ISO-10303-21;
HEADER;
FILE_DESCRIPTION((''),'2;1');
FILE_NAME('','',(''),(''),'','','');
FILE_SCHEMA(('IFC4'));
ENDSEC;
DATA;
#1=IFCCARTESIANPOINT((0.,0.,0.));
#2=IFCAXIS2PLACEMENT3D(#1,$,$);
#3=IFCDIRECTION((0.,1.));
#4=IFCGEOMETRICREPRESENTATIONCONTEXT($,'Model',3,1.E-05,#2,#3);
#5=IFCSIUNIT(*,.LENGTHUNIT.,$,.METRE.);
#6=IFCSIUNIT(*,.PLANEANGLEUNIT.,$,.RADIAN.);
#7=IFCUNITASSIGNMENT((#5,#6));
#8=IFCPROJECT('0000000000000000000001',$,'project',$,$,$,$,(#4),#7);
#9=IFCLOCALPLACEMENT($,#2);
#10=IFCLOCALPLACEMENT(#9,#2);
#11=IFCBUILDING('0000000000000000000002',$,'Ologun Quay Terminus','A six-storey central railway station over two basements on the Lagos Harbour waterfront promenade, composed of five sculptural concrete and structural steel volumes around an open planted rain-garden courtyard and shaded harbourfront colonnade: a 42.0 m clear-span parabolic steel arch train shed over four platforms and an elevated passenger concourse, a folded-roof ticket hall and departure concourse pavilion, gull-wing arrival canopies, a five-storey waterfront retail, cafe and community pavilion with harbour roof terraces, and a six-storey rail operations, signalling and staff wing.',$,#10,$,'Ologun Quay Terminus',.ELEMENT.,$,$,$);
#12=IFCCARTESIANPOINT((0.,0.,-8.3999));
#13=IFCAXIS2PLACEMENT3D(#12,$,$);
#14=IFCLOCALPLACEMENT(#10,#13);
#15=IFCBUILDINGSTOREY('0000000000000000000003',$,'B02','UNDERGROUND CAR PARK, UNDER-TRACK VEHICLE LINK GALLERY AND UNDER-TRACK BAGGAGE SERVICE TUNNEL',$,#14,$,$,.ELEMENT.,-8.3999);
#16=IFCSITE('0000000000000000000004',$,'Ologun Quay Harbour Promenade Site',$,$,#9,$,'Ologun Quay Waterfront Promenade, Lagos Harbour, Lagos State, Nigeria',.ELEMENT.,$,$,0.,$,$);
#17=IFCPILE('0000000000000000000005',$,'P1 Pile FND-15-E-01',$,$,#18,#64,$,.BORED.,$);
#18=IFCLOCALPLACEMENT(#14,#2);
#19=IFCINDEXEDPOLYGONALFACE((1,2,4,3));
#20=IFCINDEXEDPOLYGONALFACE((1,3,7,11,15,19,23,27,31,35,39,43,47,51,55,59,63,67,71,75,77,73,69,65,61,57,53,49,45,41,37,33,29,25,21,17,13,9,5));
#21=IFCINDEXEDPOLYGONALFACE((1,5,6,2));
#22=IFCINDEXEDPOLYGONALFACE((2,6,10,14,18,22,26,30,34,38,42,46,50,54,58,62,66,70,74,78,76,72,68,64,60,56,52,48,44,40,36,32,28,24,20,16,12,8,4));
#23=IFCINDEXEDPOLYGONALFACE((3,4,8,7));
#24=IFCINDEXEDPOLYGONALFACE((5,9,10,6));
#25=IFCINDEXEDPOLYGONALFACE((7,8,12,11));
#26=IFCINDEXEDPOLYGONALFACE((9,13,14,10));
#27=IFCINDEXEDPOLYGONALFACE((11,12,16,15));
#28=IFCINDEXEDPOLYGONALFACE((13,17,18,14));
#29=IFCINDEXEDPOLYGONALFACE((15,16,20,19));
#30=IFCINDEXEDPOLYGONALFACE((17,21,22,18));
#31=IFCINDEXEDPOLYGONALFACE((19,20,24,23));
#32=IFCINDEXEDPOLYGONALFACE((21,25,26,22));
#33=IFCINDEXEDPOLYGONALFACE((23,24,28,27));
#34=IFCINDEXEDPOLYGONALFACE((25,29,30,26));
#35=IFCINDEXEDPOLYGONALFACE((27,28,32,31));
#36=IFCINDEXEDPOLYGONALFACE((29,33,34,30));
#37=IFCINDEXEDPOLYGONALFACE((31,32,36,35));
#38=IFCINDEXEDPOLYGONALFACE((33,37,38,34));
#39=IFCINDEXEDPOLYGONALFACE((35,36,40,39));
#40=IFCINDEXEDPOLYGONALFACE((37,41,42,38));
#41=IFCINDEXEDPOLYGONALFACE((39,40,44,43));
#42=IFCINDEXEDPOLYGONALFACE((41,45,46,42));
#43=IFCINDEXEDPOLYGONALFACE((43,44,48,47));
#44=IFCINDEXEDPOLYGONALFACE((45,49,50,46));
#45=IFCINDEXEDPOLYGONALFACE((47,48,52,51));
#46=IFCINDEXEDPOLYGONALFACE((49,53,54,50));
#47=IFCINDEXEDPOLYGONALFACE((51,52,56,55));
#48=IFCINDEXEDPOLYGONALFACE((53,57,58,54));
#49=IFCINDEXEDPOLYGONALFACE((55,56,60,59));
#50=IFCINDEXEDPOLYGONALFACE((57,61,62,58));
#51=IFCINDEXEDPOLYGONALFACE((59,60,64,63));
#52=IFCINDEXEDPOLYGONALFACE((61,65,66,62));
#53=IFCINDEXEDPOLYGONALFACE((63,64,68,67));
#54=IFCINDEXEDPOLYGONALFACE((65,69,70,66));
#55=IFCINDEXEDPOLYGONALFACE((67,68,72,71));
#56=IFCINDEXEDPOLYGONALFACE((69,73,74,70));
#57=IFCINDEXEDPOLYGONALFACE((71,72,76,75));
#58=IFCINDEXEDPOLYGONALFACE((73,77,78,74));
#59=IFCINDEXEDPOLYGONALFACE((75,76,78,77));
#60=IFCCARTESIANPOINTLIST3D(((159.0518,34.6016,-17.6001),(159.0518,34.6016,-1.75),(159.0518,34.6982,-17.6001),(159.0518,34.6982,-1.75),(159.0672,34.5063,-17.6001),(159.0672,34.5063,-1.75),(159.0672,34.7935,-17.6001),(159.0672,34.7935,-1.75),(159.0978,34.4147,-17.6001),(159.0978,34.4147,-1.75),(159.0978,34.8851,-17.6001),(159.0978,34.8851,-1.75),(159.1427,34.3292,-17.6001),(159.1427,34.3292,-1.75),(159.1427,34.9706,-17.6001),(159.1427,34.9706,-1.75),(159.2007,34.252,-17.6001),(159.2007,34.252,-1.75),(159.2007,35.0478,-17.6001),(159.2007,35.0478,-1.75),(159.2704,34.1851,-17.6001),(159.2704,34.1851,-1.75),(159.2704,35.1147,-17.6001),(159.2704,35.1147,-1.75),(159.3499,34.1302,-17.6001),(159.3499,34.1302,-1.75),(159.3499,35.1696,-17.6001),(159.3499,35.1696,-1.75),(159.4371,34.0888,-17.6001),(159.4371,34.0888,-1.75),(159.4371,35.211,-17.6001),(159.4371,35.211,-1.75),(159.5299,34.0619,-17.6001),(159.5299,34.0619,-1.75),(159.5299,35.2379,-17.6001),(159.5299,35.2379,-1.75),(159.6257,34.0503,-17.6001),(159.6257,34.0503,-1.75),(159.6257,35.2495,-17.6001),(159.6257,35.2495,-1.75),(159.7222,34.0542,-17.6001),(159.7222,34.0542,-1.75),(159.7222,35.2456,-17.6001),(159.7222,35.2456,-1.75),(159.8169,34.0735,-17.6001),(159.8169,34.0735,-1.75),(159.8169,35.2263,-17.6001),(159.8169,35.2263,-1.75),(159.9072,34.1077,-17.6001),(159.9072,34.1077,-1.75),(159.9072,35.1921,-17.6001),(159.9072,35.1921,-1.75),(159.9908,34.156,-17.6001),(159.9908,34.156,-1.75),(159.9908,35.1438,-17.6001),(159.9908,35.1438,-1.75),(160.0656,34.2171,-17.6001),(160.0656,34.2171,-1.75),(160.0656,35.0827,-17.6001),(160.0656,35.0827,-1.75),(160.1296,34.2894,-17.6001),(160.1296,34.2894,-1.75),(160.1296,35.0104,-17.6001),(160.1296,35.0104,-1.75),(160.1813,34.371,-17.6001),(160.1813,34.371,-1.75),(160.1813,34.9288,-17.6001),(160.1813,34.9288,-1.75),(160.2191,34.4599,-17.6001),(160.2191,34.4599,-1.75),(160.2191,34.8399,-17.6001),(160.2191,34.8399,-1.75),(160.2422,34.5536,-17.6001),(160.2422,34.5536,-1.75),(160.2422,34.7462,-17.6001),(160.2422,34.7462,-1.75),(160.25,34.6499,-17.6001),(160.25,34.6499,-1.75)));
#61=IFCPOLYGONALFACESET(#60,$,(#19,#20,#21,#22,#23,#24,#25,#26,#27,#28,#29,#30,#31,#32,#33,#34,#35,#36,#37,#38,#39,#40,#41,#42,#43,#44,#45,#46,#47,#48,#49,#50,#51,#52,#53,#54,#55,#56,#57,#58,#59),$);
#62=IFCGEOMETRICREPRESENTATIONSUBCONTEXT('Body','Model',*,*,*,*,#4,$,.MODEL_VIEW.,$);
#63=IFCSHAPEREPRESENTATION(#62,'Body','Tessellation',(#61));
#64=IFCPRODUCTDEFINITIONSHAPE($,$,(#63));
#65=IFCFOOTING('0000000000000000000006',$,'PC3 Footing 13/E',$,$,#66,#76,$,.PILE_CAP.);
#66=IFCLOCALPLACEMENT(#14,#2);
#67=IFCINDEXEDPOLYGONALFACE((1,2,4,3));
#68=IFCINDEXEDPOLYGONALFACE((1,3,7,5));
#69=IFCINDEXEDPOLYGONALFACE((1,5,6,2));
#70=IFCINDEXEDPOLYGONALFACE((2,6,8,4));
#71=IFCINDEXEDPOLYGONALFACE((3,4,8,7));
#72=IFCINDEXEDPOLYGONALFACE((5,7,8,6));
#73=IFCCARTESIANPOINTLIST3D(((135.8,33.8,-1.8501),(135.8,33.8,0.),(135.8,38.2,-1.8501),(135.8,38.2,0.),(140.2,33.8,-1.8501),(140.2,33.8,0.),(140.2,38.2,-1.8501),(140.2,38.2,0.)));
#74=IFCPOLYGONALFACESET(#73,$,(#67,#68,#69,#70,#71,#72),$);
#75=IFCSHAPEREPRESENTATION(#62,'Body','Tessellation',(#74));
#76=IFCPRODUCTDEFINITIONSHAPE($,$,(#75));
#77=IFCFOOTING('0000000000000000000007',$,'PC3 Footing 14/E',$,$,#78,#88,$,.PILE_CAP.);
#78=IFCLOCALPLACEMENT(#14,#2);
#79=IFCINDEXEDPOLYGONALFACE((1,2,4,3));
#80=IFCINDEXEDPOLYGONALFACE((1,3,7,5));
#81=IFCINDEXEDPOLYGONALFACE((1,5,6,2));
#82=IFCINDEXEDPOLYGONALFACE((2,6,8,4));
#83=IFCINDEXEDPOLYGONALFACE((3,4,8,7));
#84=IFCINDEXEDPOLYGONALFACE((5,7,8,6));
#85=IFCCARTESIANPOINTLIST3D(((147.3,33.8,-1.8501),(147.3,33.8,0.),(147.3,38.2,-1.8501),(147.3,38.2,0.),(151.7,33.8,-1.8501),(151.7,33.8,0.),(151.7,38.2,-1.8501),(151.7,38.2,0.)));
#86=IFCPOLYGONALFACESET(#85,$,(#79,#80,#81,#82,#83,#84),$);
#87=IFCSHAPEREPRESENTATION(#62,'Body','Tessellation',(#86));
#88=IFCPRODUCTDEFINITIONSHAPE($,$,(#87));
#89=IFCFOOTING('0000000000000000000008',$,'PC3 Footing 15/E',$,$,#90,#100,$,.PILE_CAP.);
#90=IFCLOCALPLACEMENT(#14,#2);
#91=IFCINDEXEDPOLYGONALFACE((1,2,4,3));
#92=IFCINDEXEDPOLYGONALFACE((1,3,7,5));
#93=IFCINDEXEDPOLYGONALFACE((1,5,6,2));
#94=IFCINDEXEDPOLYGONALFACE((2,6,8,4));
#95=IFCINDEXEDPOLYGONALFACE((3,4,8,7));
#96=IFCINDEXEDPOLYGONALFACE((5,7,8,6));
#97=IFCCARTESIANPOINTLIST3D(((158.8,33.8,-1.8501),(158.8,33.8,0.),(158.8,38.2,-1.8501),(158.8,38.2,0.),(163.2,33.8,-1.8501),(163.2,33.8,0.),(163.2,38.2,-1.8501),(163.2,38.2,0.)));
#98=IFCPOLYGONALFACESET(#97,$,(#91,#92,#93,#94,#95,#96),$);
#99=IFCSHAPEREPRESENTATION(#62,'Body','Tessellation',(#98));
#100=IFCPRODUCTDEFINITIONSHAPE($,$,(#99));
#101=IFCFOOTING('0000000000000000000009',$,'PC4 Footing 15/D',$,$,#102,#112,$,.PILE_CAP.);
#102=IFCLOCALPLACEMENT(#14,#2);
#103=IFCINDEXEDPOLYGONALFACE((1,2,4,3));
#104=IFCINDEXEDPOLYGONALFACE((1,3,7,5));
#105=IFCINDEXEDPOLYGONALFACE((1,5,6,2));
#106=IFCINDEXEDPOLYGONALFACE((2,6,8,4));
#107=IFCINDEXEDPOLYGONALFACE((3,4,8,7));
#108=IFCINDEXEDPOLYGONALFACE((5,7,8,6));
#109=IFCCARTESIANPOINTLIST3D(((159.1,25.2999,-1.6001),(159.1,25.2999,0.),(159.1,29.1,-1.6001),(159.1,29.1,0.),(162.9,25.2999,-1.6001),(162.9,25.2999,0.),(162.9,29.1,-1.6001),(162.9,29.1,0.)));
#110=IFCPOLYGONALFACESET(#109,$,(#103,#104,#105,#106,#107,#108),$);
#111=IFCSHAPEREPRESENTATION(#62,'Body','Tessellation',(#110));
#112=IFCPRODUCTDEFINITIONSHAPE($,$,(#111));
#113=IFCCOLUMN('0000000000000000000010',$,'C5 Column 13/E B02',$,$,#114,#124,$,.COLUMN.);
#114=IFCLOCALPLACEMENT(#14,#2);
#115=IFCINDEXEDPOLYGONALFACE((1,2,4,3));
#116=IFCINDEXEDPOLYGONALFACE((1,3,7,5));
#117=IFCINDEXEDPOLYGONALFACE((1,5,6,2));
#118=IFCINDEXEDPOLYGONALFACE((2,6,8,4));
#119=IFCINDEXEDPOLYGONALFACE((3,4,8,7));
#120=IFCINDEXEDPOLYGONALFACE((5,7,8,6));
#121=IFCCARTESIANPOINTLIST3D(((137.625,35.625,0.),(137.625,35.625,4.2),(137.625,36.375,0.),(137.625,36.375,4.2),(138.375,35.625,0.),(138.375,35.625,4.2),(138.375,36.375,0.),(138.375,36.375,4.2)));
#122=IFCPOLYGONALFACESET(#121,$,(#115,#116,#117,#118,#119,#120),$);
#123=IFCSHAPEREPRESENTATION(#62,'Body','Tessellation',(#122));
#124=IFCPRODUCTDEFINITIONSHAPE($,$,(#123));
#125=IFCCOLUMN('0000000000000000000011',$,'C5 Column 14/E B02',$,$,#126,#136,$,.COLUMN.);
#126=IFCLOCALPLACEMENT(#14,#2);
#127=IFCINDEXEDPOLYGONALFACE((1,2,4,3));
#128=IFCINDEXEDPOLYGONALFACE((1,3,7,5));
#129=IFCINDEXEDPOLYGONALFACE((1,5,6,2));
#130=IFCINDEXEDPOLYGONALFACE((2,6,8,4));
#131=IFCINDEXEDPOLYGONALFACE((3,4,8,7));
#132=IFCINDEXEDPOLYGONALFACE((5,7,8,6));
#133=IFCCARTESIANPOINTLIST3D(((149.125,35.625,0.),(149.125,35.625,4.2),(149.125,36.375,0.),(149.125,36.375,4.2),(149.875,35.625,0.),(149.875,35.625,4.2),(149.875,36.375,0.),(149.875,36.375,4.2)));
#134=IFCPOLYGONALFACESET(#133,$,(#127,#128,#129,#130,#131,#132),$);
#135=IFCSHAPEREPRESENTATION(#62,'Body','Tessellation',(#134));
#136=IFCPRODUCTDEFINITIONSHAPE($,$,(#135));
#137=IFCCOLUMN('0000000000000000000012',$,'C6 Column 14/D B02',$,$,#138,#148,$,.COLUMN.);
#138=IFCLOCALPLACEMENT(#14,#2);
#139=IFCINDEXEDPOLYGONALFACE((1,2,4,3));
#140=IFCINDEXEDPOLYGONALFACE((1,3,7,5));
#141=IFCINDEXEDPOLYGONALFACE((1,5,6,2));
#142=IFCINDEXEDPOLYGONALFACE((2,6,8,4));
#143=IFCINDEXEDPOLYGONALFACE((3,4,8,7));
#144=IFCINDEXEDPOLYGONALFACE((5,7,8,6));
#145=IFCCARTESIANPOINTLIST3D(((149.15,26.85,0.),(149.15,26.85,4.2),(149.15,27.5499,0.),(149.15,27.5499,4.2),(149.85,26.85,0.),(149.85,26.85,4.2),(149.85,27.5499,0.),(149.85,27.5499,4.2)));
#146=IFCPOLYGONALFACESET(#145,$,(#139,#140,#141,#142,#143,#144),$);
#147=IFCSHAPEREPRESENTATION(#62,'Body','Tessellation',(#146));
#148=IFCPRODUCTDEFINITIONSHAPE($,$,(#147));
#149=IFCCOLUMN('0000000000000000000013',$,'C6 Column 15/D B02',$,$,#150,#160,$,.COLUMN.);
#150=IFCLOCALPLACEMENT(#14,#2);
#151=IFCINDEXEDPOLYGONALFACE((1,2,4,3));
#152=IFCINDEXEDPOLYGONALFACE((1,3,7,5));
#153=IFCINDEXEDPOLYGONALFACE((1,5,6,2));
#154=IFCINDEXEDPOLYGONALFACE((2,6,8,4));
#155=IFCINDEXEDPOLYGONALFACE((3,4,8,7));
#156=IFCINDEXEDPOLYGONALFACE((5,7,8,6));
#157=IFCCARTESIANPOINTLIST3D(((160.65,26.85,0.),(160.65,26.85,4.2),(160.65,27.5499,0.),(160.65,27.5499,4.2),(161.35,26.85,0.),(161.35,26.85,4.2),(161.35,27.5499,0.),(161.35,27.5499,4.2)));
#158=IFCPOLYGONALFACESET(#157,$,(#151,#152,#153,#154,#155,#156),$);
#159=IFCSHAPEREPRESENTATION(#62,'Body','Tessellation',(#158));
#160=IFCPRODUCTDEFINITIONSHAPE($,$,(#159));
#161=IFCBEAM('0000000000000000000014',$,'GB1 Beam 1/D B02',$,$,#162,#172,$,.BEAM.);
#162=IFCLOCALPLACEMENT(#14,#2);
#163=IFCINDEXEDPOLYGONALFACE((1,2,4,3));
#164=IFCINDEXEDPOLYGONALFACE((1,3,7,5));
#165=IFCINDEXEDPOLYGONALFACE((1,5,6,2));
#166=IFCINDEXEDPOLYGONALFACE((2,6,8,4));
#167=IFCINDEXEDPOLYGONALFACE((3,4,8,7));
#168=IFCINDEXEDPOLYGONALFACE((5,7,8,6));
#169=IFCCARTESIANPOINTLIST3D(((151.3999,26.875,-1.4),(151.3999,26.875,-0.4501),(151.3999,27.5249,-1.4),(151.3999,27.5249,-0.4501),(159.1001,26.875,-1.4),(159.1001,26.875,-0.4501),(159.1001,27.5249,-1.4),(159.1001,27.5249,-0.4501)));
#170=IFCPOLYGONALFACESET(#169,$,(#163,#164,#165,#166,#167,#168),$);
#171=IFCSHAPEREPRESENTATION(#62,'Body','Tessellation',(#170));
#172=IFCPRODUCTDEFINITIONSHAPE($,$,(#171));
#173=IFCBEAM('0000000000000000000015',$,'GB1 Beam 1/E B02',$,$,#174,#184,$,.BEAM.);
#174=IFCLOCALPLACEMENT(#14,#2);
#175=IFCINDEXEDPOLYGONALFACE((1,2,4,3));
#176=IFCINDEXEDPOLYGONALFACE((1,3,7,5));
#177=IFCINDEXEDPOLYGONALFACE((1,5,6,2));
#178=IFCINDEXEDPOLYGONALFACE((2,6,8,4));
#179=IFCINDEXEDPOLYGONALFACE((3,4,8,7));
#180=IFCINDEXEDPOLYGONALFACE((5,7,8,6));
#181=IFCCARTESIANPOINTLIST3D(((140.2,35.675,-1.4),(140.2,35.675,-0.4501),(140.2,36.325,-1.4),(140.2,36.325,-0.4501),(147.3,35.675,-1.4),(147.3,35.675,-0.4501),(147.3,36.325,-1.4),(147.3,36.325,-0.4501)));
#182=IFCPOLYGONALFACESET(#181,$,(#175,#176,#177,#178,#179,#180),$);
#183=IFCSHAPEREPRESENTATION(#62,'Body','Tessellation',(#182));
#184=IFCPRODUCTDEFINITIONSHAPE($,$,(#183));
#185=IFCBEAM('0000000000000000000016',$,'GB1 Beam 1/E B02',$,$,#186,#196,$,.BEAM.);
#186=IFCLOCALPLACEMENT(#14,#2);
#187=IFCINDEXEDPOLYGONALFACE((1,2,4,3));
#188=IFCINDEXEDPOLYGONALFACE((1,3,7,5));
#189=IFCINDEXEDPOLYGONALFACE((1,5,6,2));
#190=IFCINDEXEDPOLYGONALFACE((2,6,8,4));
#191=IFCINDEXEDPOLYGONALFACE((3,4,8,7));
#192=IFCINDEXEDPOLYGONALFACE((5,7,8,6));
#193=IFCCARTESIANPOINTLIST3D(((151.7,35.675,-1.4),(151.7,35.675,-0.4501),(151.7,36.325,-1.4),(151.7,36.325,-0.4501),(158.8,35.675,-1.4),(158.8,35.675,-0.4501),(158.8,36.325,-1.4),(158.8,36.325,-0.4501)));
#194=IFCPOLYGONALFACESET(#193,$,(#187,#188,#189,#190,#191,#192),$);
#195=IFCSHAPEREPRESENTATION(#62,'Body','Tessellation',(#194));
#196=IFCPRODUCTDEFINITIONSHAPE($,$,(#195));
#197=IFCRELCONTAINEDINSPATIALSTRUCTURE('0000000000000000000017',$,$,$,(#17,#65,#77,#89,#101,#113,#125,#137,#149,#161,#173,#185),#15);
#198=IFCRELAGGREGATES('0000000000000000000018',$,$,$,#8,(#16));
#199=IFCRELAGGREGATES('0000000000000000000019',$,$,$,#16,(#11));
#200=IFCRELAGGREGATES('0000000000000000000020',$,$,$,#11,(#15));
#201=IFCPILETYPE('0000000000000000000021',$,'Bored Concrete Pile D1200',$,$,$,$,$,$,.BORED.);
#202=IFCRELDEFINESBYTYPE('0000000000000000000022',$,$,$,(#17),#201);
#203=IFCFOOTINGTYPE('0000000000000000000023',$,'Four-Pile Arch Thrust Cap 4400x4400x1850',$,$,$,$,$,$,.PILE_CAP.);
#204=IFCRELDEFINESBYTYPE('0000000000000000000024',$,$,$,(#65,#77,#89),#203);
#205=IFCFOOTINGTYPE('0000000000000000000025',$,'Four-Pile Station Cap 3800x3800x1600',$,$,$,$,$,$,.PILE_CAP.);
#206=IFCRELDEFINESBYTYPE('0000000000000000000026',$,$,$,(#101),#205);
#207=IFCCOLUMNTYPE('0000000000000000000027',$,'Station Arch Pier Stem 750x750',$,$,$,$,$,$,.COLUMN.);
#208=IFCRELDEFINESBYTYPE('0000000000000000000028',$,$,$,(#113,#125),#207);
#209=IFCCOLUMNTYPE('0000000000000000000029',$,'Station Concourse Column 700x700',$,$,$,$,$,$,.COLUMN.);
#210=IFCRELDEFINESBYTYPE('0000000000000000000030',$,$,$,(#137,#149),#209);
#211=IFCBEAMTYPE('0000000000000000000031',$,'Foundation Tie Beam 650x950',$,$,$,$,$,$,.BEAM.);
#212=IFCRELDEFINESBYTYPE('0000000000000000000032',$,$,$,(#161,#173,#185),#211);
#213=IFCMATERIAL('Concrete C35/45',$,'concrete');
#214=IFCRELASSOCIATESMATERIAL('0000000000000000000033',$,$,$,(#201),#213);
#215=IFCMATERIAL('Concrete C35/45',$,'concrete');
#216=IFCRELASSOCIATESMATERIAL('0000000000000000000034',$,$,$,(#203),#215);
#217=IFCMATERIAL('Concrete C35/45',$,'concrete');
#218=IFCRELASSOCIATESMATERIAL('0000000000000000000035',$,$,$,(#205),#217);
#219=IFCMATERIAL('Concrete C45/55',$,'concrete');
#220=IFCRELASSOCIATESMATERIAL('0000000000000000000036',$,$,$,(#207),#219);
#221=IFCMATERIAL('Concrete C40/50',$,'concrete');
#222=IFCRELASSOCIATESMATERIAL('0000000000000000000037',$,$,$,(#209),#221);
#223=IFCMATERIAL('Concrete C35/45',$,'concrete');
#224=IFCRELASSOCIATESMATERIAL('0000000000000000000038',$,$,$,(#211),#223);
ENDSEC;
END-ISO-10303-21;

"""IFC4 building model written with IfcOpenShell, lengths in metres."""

from ifc_helpers import new_model, si_unit, direction, frame, origin, origin_2d, place, context, subcontext, project, spatial, rectangle, circle, extrude, material, material_profile, profile_set, type_object, element, save


model = new_model("IFC4")

# Units and contexts
model_context = context("Model", 3, precision=1e-05, world=origin(), true_north=direction((0.0, 1.0)))
body_context = subcontext(model_context, "Body", "Model", "MODEL_VIEW")
ifc_project = project(units=[si_unit("LENGTHUNIT", "METRE"), si_unit("PLANEANGLEUNIT", "RADIAN")], contexts=[model_context])

# Site, building, storey
site_placement = place(None, origin())
site = spatial("IfcSite", under=ifc_project, at=site_placement, Name="Ologun Quay Harbour Promenade Site", LongName="Ologun Quay Waterfront Promenade, Lagos Harbour, Lagos State, Nigeria", CompositionType="ELEMENT", RefElevation=0.0)
building_placement = place(site_placement, origin())
building = spatial("IfcBuilding", under=site, at=building_placement, Name="Ologun Quay Terminus", Description="A six-storey central railway station over two basements on the Lagos Harbour waterfront promenade, composed of five sculptural concrete and structural steel volumes around an open planted rain-garden courtyard and shaded harbourfront colonnade: a 42.0 m clear-span parabolic steel arch train shed over four platforms and an elevated passenger concourse, a folded-roof ticket hall and departure concourse pavilion, gull-wing arrival canopies, a five-storey waterfront retail, cafe and community pavilion with harbour roof terraces, and a six-storey rail operations, signalling and staff wing.", LongName="Ologun Quay Terminus", CompositionType="ELEMENT")
storey_placement = place(building_placement, frame((0.0, 0.0, -8.3999)))
storey = spatial("IfcBuildingStorey", under=building, at=storey_placement, Name="B02", Description="UNDERGROUND CAR PARK, UNDER-TRACK VEHICLE LINK GALLERY AND UNDER-TRACK BAGGAGE SERVICE TUNNEL", CompositionType="ELEMENT", Elevation=-8.3999)

# Pile
ifc_material_1 = material(Name="Concrete C35/45", Category="concrete")
ifc_material_profile_1 = material_profile(ifc_material_1, circle(Radius=0.6001, at=origin_2d()), Name="PILE D1200")
ifc_profile_set_1 = profile_set([ifc_material_profile_1], Name="Concrete C35/45")
pile_type_1 = type_object("IfcPileType", Name="Bored Concrete Pile D1200", PredefinedType="BORED", material=ifc_profile_set_1)
for number, where, z_axis, x_axis, name in (
    (1, (159.6499, 34.6499, -1.75), (0.0, 0.0, -1.0), (1.0, 0.0, 0.0), "P1 Pile FND-15-E-01"),
):
    element("IfcPile", number, at=place(storey_placement, frame(where, z_axis=z_axis, x_axis=x_axis)), inside=storey, type_object=pile_type_1, Name=name, PredefinedType="BORED", context=body_context, shape_type="SweptSolid", body=[
        extrude(circle(Radius=0.6001, at=origin_2d()), origin(), (0.0, 0.0, 1.0), 15.8501),
    ])

# Footings
ifc_material_2 = material(Name="Concrete C35/45", Category="concrete")
footing_type_1 = type_object("IfcFootingType", Name="Four-Pile Arch Thrust Cap 4400x4400x1850", PredefinedType="PILE_CAP", material=ifc_material_2)
for number, where, z_axis, x_axis, name in (
    (2, (138.0, 36.0, -1.8501), (0.0, 0.0, 1.0), (1.0, 0.0, 0.0), "PC3 Footing 13/E"),
    (3, (149.5, 36.0, -1.8501), (0.0, 0.0, 1.0), (1.0, 0.0, 0.0), "PC3 Footing 14/E"),
    (4, (161.0, 36.0, -1.8501), (0.0, 0.0, 1.0), (1.0, 0.0, 0.0), "PC3 Footing 15/E"),
):
    element("IfcFooting", number, at=place(storey_placement, frame(where, z_axis=z_axis, x_axis=x_axis)), inside=storey, type_object=footing_type_1, Name=name, PredefinedType="PILE_CAP", context=body_context, shape_type="SweptSolid", body=[
        extrude(rectangle(XDim=4.3999, YDim=4.3999, at=origin_2d()), origin(), (0.0, 0.0, 1.0), 1.8501),
    ])
ifc_material_3 = material(Name="Concrete C35/45", Category="concrete")
footing_type_2 = type_object("IfcFootingType", Name="Four-Pile Station Cap 3800x3800x1600", PredefinedType="PILE_CAP", material=ifc_material_3)
footing_placement = place(storey_placement, frame((161.0, 27.2, -1.6001), z_axis=(0.0, 0.0, 1.0), x_axis=(1.0, 0.0, 0.0)))
element("IfcFooting", 5, at=footing_placement, inside=storey, type_object=footing_type_2, Name="PC4 Footing 15/D", PredefinedType="PILE_CAP", context=body_context, shape_type="SweptSolid", body=[
    extrude(rectangle(XDim=3.8, YDim=3.8, at=origin_2d()), origin(), (0.0, 0.0, 1.0), 1.6001),
])

# Columns
ifc_material_4 = material(Name="Concrete C45/55", Category="concrete")
ifc_material_profile_2 = material_profile(ifc_material_4, rectangle(XDim=0.75, YDim=0.75, at=origin_2d()), Name="RC 750x750")
ifc_profile_set_2 = profile_set([ifc_material_profile_2], Name="Concrete C45/55")
column_type_1 = type_object("IfcColumnType", Name="Station Arch Pier Stem 750x750", PredefinedType="COLUMN", material=ifc_profile_set_2)
for number, where, z_axis, x_axis, name in (
    (6, (138.0, 36.0, 0.0), (0.0, 0.0, 1.0), (1.0, 0.0, 0.0), "C5 Column 13/E B02"),
    (7, (149.5, 36.0, 0.0), (0.0, 0.0, 1.0), (1.0, 0.0, 0.0), "C5 Column 14/E B02"),
):
    element("IfcColumn", number, at=place(storey_placement, frame(where, z_axis=z_axis, x_axis=x_axis)), inside=storey, type_object=column_type_1, Name=name, PredefinedType="COLUMN", context=body_context, shape_type="SweptSolid", body=[
        extrude(rectangle(XDim=0.75, YDim=0.75, at=origin_2d()), origin(), (0.0, 0.0, 1.0), 4.2),
    ])
ifc_material_5 = material(Name="Concrete C40/50", Category="concrete")
ifc_material_profile_3 = material_profile(ifc_material_5, rectangle(XDim=0.7, YDim=0.7, at=origin_2d()), Name="RC 700x700")
ifc_profile_set_3 = profile_set([ifc_material_profile_3], Name="Concrete C40/50")
column_type_2 = type_object("IfcColumnType", Name="Station Concourse Column 700x700", PredefinedType="COLUMN", material=ifc_profile_set_3)
for number, where, z_axis, x_axis, name in (
    (8, (149.5, 27.2, 0.0), (0.0, 0.0, 1.0), (1.0, 0.0, 0.0), "C6 Column 14/D B02"),
    (9, (161.0, 27.2, 0.0), (0.0, 0.0, 1.0), (1.0, 0.0, 0.0), "C6 Column 15/D B02"),
):
    element("IfcColumn", number, at=place(storey_placement, frame(where, z_axis=z_axis, x_axis=x_axis)), inside=storey, type_object=column_type_2, Name=name, PredefinedType="COLUMN", context=body_context, shape_type="SweptSolid", body=[
        extrude(rectangle(XDim=0.7, YDim=0.7, at=origin_2d()), origin(), (0.0, 0.0, 1.0), 4.2),
    ])

# Beams
ifc_material_6 = material(Name="Concrete C35/45", Category="concrete")
ifc_material_profile_4 = material_profile(ifc_material_6, rectangle(XDim=0.6499, YDim=0.95, at=origin_2d()), Name="RC 650x950")
ifc_profile_set_4 = profile_set([ifc_material_profile_4], Name="Concrete C35/45")
beam_type_1 = type_object("IfcBeamType", Name="Foundation Tie Beam 650x950", PredefinedType="BEAM", material=ifc_profile_set_4)
beam_placement = place(storey_placement, frame((151.3999, 27.2, -0.925), z_axis=(1.0, 0.0, 0.0), x_axis=(0.0, 1.0, 0.0)))
element("IfcBeam", 10, at=beam_placement, inside=storey, type_object=beam_type_1, Name="GB1 Beam 1/D B02", PredefinedType="BEAM", context=body_context, shape_type="SweptSolid", body=[
    extrude(rectangle(XDim=0.6499, YDim=0.95, at=origin_2d()), origin(), (0.0, 0.0, 1.0), 7.7002),
])
for number, where, z_axis, x_axis, name in (
    (11, (140.2, 36.0, -0.925), (1.0, 0.0, 0.0), (0.0, 1.0, 0.0), "GB1 Beam 1/E B02"),
    (12, (151.7, 36.0, -0.925), (1.0, 0.0, 0.0), (0.0, 1.0, 0.0), "GB1 Beam 1/E B02"),
):
    element("IfcBeam", number, at=place(storey_placement, frame(where, z_axis=z_axis, x_axis=x_axis)), inside=storey, type_object=beam_type_1, Name=name, PredefinedType="BEAM", context=body_context, shape_type="SweptSolid", body=[
        extrude(rectangle(XDim=0.6499, YDim=0.95, at=origin_2d()), origin(), (0.0, 0.0, 1.0), 7.1001),
    ])

save(model, "model.ifc")
